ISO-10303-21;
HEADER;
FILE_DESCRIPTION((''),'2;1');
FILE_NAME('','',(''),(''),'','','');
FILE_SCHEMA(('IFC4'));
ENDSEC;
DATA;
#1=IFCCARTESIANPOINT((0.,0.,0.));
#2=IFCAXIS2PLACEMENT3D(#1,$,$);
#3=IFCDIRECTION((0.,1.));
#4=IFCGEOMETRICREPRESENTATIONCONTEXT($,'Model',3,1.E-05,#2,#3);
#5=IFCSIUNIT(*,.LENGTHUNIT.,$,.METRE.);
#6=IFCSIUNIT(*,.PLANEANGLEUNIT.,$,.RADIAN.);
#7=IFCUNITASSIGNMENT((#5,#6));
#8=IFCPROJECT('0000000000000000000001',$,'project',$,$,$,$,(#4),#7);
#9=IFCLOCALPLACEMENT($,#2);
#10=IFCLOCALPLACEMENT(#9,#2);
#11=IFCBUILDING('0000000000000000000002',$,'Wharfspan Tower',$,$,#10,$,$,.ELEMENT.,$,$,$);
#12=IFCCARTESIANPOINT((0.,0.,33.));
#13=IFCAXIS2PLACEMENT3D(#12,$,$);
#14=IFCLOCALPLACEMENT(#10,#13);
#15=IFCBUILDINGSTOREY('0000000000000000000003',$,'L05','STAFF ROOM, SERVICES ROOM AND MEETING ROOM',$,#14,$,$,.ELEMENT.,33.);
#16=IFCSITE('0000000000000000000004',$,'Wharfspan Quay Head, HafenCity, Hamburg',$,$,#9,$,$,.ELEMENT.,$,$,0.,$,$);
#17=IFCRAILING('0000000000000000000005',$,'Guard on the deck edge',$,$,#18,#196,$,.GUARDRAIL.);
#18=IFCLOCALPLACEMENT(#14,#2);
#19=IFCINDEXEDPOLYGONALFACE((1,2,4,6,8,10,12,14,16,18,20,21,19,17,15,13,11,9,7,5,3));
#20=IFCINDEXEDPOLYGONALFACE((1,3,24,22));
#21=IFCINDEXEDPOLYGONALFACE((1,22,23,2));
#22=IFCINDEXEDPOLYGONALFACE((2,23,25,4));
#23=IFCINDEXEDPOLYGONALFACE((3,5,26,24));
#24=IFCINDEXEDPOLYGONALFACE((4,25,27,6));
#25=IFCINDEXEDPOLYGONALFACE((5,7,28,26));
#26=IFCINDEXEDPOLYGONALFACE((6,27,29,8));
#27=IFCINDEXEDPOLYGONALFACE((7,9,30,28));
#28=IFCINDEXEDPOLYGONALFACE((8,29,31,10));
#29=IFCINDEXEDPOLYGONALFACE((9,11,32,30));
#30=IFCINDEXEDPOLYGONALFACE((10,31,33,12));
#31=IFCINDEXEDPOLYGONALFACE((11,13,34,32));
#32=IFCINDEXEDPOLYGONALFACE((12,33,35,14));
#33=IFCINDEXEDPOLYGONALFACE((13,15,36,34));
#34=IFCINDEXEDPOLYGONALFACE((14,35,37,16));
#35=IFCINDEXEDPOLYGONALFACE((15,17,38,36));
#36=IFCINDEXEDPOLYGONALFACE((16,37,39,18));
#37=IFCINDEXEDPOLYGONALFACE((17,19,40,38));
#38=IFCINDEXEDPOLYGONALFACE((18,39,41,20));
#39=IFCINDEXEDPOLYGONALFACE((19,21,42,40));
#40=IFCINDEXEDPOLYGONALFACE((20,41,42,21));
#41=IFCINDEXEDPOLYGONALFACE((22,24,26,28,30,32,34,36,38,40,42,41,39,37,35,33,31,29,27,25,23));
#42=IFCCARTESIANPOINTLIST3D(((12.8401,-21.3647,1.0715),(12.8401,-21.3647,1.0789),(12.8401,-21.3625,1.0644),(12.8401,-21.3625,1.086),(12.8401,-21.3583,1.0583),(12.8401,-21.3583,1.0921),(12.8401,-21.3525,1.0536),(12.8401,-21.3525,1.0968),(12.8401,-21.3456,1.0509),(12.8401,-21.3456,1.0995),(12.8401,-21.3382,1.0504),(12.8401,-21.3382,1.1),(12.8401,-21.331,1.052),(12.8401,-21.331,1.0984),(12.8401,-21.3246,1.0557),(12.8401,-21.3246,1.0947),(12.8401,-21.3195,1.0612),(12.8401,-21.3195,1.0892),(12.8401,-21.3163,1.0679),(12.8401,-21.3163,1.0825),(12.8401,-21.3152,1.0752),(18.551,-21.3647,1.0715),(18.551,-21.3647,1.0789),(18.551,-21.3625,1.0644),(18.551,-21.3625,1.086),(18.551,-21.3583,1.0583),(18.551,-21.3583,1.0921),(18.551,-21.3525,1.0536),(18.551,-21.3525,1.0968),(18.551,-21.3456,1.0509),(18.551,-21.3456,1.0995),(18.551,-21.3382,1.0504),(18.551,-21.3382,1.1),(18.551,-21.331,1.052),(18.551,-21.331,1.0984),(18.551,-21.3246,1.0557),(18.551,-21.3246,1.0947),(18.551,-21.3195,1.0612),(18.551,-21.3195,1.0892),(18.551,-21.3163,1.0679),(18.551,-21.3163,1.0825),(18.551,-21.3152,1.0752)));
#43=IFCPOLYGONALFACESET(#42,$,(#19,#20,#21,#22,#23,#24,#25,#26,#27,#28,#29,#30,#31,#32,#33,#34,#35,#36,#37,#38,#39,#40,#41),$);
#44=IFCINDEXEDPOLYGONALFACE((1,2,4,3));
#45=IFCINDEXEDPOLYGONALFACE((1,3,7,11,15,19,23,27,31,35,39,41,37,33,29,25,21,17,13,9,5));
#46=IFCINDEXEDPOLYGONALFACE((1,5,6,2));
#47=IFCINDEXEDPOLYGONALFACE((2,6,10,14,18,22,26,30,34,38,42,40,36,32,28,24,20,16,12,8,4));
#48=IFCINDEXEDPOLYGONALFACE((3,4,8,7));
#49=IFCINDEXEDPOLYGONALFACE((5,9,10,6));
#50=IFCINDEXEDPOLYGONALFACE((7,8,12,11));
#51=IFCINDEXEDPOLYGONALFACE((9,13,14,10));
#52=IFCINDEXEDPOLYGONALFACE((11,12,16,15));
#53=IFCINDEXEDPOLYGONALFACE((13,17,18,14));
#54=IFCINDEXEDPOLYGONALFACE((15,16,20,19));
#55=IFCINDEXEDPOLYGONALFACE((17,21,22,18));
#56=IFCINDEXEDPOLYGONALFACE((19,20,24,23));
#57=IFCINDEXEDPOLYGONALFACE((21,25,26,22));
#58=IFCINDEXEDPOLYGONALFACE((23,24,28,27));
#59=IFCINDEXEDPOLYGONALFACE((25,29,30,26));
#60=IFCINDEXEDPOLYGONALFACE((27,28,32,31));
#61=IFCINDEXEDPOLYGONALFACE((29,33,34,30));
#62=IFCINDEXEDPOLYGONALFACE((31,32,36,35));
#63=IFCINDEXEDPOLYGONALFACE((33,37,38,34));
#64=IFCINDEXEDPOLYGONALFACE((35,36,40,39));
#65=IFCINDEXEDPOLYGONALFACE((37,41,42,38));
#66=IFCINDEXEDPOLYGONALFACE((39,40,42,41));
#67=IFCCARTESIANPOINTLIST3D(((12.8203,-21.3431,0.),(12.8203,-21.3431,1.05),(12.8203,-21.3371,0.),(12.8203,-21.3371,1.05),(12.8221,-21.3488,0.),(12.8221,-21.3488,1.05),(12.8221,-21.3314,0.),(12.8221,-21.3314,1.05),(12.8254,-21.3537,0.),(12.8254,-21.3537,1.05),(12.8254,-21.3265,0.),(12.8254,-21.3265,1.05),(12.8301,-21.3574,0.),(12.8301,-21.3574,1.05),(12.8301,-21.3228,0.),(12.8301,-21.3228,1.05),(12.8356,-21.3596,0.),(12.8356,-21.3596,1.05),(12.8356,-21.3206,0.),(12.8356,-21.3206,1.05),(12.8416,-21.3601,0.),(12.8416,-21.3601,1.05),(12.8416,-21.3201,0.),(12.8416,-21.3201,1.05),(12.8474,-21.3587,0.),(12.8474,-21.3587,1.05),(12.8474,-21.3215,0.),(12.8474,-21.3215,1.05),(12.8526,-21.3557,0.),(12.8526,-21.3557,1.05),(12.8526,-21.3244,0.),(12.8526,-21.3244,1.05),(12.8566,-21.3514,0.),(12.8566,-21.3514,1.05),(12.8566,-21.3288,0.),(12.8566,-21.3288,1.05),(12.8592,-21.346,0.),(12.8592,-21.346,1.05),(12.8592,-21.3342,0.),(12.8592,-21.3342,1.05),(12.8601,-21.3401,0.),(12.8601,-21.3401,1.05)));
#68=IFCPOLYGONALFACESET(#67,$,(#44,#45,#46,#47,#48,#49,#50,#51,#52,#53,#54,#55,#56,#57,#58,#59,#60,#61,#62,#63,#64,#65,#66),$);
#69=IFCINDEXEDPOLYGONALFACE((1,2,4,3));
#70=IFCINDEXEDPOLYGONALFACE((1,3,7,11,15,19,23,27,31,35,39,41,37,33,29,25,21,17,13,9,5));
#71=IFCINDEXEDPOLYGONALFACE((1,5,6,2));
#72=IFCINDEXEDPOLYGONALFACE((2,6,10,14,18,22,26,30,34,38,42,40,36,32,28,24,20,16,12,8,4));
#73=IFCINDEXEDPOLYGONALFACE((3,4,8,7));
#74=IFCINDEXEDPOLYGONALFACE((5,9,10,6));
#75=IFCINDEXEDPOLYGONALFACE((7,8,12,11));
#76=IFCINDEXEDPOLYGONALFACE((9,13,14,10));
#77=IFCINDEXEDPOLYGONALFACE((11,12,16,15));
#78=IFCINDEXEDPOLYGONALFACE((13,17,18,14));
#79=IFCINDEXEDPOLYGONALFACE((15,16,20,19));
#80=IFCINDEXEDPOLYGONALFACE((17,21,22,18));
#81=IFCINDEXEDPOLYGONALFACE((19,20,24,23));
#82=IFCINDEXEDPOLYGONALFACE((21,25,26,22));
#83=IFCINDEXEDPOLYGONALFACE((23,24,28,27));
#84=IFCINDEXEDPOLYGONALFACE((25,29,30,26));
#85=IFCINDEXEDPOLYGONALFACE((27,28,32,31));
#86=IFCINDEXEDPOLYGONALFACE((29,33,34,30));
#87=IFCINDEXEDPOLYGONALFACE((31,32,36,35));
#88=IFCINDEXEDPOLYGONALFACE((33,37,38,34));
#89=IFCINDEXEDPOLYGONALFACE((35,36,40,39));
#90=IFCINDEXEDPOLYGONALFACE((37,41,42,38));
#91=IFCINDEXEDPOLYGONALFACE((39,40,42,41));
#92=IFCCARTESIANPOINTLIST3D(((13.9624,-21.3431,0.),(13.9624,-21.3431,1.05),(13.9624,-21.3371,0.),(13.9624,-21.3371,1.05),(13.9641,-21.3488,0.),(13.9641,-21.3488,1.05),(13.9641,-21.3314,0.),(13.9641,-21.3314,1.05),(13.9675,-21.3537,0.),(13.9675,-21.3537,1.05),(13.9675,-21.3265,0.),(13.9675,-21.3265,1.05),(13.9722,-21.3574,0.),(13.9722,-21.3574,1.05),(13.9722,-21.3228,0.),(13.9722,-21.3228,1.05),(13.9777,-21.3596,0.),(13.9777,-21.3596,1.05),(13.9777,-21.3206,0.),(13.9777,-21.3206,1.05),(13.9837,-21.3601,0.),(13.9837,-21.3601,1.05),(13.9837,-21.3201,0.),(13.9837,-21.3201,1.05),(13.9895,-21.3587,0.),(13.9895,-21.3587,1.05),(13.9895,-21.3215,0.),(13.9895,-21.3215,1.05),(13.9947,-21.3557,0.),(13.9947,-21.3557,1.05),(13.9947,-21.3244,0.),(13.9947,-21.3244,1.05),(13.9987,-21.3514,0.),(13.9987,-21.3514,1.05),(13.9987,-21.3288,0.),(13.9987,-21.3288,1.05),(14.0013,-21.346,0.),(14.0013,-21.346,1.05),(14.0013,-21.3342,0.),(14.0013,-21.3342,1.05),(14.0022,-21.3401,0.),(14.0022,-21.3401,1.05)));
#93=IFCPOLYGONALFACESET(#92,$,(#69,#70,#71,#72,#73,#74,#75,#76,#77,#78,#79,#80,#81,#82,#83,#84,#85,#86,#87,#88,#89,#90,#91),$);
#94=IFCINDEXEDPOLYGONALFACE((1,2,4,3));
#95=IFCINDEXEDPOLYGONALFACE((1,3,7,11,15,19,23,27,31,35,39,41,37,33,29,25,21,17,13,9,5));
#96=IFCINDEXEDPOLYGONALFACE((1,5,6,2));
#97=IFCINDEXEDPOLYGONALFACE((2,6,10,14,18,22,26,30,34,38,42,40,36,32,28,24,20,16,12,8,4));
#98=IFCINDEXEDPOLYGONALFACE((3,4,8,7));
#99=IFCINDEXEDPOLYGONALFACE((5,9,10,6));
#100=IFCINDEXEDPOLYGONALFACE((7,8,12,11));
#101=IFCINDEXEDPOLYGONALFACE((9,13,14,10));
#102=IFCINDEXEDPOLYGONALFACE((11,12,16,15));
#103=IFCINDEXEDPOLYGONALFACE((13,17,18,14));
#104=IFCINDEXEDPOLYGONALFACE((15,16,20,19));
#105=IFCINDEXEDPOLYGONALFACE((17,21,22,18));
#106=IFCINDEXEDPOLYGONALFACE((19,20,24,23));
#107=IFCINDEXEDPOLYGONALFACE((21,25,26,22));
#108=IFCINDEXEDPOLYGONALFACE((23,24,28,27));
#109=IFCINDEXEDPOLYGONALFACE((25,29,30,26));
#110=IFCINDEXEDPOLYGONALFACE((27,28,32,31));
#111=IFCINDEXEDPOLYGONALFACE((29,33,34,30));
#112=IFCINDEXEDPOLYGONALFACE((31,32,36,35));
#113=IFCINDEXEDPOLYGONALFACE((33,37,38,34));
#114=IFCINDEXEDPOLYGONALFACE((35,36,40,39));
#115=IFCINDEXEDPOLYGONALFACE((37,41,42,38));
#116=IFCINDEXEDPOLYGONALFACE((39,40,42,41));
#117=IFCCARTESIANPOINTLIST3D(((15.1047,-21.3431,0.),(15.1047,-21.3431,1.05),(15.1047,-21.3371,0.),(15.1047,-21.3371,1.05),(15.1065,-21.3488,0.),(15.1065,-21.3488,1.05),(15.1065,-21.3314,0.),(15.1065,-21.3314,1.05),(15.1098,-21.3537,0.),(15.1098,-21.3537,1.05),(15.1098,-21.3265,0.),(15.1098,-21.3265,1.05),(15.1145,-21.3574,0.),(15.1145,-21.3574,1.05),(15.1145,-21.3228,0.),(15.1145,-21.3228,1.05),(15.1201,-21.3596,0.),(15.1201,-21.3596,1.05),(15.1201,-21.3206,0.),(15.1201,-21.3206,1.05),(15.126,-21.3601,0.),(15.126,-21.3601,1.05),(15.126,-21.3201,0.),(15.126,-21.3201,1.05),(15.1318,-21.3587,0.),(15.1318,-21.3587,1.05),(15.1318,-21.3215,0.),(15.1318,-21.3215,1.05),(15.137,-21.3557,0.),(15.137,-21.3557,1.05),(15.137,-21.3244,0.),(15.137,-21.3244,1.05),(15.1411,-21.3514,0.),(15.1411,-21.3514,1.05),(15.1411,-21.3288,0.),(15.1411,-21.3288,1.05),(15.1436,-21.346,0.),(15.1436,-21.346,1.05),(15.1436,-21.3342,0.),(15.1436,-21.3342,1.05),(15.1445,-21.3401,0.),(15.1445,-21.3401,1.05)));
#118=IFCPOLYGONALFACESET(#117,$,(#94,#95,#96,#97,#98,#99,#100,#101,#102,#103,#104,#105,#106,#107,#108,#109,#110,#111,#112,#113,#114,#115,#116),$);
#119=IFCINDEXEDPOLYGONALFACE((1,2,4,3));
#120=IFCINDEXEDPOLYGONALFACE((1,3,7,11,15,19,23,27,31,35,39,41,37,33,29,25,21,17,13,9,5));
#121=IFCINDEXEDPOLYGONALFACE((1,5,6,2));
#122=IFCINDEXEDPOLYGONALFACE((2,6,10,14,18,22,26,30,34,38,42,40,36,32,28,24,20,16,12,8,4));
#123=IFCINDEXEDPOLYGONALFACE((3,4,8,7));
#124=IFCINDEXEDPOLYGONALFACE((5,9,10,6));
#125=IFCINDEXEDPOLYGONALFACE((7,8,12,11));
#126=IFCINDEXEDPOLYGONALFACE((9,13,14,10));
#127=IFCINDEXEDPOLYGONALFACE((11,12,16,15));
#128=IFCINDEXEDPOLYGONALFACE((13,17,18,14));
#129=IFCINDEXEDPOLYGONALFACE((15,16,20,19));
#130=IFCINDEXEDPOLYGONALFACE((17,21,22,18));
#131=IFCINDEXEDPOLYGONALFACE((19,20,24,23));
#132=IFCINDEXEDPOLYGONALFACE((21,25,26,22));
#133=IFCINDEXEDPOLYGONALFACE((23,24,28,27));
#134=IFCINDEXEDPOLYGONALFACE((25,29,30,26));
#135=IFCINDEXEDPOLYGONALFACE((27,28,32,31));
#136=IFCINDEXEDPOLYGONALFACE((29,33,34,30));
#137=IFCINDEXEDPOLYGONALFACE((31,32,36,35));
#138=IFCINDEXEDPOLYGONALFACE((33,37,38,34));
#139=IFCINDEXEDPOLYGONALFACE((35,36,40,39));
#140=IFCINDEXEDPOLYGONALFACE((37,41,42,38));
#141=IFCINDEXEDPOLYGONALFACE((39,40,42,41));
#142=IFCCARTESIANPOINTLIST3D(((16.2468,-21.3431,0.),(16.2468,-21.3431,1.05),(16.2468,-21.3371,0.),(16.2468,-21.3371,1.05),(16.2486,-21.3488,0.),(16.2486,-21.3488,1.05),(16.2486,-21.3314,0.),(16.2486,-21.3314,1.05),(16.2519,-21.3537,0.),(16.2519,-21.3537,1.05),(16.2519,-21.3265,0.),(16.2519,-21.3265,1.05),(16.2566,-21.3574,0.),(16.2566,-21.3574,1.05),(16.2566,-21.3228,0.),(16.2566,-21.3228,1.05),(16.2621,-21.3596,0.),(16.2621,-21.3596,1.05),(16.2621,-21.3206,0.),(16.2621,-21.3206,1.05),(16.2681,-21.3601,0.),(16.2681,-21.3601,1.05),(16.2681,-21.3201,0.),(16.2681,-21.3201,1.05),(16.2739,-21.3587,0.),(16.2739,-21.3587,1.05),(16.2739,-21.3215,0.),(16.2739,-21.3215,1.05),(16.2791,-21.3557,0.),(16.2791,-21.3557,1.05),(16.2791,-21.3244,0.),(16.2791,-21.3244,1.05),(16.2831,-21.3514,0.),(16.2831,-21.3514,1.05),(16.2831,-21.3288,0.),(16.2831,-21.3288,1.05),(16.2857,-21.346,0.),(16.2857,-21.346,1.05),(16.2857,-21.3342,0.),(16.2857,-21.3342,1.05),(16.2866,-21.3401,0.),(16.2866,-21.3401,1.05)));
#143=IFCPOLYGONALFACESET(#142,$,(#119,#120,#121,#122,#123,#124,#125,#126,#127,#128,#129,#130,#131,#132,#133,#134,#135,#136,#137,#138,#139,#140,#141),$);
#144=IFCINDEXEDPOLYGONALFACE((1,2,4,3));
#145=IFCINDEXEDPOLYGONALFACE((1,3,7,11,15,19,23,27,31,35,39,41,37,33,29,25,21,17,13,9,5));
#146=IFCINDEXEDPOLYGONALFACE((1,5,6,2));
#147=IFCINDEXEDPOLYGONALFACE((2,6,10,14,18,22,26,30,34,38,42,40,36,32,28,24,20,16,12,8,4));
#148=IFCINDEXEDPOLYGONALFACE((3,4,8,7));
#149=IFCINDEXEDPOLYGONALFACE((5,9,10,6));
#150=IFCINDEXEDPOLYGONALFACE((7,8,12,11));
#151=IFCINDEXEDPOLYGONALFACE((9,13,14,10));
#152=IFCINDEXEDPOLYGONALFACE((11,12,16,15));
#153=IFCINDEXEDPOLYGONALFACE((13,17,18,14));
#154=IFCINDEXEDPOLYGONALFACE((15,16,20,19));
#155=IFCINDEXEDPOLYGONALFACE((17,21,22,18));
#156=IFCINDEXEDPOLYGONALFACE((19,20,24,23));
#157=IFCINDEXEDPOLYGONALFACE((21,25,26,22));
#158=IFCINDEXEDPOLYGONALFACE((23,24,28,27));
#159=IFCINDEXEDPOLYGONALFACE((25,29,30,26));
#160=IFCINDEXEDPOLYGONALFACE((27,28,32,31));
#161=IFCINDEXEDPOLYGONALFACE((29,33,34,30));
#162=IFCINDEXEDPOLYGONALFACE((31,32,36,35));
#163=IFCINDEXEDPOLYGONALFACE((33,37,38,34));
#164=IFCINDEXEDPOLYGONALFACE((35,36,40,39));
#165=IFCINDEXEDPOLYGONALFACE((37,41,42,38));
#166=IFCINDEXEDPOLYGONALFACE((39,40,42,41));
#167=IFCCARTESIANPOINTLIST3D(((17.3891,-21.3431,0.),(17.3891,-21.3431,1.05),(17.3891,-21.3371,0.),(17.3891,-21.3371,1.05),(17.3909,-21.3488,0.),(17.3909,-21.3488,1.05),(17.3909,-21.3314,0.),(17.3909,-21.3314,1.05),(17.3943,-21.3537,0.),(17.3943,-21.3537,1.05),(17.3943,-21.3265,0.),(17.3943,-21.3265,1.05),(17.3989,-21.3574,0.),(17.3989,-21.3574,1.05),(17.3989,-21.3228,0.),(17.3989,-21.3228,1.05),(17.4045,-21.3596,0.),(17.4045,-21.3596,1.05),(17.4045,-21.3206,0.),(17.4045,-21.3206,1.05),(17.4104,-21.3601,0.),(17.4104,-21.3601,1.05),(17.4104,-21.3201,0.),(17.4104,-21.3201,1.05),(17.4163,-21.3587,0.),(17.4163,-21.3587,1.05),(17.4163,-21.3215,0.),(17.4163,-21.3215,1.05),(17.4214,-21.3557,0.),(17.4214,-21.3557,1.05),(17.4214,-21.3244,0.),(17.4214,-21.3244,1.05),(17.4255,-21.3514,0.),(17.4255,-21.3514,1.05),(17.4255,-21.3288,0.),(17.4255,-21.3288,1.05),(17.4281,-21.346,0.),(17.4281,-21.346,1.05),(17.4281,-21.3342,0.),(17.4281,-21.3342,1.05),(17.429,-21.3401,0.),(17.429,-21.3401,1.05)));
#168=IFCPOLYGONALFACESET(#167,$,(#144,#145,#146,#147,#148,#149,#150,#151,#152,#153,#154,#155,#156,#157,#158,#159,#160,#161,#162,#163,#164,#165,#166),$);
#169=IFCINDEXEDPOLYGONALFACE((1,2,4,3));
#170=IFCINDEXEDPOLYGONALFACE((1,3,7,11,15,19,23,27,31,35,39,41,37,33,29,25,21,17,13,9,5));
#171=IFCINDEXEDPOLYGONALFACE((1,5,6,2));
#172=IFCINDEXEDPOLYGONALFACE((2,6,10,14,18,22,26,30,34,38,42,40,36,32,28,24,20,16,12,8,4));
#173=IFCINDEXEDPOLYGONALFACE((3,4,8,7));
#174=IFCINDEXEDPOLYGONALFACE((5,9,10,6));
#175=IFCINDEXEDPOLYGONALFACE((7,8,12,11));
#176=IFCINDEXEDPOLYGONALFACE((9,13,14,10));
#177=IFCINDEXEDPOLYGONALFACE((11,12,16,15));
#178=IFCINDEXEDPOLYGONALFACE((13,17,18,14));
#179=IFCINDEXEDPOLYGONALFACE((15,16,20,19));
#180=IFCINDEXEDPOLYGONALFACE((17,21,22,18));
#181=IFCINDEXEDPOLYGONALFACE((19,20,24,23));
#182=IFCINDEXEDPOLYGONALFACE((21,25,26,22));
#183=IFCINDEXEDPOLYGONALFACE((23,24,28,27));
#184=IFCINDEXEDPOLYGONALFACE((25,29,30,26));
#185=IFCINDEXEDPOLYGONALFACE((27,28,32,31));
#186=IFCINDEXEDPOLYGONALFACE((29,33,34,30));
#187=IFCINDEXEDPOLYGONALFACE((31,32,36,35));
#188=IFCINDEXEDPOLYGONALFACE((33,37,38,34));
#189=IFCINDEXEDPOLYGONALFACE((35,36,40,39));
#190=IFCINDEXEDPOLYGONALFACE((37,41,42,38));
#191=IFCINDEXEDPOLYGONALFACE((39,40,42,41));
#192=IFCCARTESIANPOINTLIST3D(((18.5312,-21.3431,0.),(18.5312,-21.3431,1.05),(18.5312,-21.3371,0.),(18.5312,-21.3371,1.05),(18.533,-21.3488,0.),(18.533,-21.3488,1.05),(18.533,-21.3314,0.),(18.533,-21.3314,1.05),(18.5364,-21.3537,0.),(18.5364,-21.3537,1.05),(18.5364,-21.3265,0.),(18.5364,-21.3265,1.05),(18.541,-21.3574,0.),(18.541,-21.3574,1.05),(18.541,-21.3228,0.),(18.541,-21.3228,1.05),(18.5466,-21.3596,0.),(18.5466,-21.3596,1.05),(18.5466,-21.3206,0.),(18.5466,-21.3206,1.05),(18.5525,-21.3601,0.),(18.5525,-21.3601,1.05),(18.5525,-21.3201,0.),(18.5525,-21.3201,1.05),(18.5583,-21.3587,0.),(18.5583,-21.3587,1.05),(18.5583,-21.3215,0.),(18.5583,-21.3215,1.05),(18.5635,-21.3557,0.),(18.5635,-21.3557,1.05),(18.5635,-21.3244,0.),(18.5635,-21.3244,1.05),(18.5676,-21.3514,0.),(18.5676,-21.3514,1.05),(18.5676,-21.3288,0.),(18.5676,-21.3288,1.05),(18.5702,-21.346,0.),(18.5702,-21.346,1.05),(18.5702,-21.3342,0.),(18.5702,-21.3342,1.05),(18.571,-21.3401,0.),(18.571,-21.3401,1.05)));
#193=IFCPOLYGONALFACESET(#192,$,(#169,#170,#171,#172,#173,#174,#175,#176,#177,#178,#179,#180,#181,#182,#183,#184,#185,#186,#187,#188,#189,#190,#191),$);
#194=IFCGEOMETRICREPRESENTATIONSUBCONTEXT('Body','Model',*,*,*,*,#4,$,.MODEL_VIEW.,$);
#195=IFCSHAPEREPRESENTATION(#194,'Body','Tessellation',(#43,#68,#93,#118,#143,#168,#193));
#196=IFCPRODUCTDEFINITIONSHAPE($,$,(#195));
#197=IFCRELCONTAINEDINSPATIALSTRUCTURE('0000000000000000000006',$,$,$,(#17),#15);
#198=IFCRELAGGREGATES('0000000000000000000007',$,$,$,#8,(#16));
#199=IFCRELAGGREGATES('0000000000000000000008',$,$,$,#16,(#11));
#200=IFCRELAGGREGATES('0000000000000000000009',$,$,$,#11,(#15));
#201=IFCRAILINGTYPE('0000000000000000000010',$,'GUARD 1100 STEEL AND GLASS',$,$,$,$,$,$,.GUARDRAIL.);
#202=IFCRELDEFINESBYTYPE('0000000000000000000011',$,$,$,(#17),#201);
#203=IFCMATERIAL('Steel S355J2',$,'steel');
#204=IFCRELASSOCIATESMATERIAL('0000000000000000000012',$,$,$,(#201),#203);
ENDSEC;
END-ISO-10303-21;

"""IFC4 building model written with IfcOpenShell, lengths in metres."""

from ifc_helpers import new_model, si_unit, direction, frame, origin, origin_2d, place, context, subcontext, project, spatial, circle, extrude, material, type_object, element, save


model = new_model("IFC4")

# Units and contexts
model_context = context("Model", 3, precision=1e-05, world=origin(), true_north=direction((0.0, 1.0)))
body_context = subcontext(model_context, "Body", "Model", "MODEL_VIEW")
ifc_project = project(units=[si_unit("LENGTHUNIT", "METRE"), si_unit("PLANEANGLEUNIT", "RADIAN")], contexts=[model_context])

# Site, building, storey
site_placement = place(None, origin())
site = spatial("IfcSite", under=ifc_project, at=site_placement, Name="Wharfspan Quay Head, HafenCity, Hamburg", CompositionType="ELEMENT", RefElevation=0.0)
building_placement = place(site_placement, origin())
building = spatial("IfcBuilding", under=site, at=building_placement, Name="Wharfspan Tower", CompositionType="ELEMENT")
storey_placement = place(building_placement, frame((0.0, 0.0, 33.0)))
storey = spatial("IfcBuildingStorey", under=building, at=storey_placement, Name="L05", Description="STAFF ROOM, SERVICES ROOM AND MEETING ROOM", CompositionType="ELEMENT", Elevation=33.0)

# Railing
ifc_material_1 = material(Name="Steel S355J2", Category="steel")
railing_type = type_object("IfcRailingType", Name="GUARD 1100 STEEL AND GLASS", PredefinedType="GUARDRAIL", material=ifc_material_1)
railing_1_placement = place(storey_placement, frame((12.8401, -21.3401, 0.0)))
element("IfcRailing", 1, at=railing_1_placement, inside=storey, type_object=railing_type, Name="Guard on the deck edge", PredefinedType="GUARDRAIL", context=body_context, shape_type="SweptSolid", body=[
    extrude(circle(Radius=0.0249, at=origin_2d()), frame((0.0, 0.0, 1.0752), z_axis=(1.0, 0.0, 0.0), x_axis=(0.0, 1.0, 0.0)), (0.0, 0.0, 1.0), 5.7109),
    extrude(circle(Radius=0.02, at=origin_2d()), origin(), (0.0, 0.0, 1.0), 1.05),
    extrude(circle(Radius=0.02, at=origin_2d()), frame((1.1421, 0.0, 0.0)), (0.0, 0.0, 1.0), 1.05),
    extrude(circle(Radius=0.02, at=origin_2d()), frame((2.2844, 0.0, 0.0)), (0.0, 0.0, 1.0), 1.05),
    extrude(circle(Radius=0.02, at=origin_2d()), frame((3.4265, 0.0, 0.0)), (0.0, 0.0, 1.0), 1.05),
    extrude(circle(Radius=0.02, at=origin_2d()), frame((4.5688, 0.0, 0.0)), (0.0, 0.0, 1.0), 1.05),
    extrude(circle(Radius=0.02, at=origin_2d()), frame((5.7109, 0.0, 0.0)), (0.0, 0.0, 1.0), 1.05),
])

save(model, "model.ifc")
